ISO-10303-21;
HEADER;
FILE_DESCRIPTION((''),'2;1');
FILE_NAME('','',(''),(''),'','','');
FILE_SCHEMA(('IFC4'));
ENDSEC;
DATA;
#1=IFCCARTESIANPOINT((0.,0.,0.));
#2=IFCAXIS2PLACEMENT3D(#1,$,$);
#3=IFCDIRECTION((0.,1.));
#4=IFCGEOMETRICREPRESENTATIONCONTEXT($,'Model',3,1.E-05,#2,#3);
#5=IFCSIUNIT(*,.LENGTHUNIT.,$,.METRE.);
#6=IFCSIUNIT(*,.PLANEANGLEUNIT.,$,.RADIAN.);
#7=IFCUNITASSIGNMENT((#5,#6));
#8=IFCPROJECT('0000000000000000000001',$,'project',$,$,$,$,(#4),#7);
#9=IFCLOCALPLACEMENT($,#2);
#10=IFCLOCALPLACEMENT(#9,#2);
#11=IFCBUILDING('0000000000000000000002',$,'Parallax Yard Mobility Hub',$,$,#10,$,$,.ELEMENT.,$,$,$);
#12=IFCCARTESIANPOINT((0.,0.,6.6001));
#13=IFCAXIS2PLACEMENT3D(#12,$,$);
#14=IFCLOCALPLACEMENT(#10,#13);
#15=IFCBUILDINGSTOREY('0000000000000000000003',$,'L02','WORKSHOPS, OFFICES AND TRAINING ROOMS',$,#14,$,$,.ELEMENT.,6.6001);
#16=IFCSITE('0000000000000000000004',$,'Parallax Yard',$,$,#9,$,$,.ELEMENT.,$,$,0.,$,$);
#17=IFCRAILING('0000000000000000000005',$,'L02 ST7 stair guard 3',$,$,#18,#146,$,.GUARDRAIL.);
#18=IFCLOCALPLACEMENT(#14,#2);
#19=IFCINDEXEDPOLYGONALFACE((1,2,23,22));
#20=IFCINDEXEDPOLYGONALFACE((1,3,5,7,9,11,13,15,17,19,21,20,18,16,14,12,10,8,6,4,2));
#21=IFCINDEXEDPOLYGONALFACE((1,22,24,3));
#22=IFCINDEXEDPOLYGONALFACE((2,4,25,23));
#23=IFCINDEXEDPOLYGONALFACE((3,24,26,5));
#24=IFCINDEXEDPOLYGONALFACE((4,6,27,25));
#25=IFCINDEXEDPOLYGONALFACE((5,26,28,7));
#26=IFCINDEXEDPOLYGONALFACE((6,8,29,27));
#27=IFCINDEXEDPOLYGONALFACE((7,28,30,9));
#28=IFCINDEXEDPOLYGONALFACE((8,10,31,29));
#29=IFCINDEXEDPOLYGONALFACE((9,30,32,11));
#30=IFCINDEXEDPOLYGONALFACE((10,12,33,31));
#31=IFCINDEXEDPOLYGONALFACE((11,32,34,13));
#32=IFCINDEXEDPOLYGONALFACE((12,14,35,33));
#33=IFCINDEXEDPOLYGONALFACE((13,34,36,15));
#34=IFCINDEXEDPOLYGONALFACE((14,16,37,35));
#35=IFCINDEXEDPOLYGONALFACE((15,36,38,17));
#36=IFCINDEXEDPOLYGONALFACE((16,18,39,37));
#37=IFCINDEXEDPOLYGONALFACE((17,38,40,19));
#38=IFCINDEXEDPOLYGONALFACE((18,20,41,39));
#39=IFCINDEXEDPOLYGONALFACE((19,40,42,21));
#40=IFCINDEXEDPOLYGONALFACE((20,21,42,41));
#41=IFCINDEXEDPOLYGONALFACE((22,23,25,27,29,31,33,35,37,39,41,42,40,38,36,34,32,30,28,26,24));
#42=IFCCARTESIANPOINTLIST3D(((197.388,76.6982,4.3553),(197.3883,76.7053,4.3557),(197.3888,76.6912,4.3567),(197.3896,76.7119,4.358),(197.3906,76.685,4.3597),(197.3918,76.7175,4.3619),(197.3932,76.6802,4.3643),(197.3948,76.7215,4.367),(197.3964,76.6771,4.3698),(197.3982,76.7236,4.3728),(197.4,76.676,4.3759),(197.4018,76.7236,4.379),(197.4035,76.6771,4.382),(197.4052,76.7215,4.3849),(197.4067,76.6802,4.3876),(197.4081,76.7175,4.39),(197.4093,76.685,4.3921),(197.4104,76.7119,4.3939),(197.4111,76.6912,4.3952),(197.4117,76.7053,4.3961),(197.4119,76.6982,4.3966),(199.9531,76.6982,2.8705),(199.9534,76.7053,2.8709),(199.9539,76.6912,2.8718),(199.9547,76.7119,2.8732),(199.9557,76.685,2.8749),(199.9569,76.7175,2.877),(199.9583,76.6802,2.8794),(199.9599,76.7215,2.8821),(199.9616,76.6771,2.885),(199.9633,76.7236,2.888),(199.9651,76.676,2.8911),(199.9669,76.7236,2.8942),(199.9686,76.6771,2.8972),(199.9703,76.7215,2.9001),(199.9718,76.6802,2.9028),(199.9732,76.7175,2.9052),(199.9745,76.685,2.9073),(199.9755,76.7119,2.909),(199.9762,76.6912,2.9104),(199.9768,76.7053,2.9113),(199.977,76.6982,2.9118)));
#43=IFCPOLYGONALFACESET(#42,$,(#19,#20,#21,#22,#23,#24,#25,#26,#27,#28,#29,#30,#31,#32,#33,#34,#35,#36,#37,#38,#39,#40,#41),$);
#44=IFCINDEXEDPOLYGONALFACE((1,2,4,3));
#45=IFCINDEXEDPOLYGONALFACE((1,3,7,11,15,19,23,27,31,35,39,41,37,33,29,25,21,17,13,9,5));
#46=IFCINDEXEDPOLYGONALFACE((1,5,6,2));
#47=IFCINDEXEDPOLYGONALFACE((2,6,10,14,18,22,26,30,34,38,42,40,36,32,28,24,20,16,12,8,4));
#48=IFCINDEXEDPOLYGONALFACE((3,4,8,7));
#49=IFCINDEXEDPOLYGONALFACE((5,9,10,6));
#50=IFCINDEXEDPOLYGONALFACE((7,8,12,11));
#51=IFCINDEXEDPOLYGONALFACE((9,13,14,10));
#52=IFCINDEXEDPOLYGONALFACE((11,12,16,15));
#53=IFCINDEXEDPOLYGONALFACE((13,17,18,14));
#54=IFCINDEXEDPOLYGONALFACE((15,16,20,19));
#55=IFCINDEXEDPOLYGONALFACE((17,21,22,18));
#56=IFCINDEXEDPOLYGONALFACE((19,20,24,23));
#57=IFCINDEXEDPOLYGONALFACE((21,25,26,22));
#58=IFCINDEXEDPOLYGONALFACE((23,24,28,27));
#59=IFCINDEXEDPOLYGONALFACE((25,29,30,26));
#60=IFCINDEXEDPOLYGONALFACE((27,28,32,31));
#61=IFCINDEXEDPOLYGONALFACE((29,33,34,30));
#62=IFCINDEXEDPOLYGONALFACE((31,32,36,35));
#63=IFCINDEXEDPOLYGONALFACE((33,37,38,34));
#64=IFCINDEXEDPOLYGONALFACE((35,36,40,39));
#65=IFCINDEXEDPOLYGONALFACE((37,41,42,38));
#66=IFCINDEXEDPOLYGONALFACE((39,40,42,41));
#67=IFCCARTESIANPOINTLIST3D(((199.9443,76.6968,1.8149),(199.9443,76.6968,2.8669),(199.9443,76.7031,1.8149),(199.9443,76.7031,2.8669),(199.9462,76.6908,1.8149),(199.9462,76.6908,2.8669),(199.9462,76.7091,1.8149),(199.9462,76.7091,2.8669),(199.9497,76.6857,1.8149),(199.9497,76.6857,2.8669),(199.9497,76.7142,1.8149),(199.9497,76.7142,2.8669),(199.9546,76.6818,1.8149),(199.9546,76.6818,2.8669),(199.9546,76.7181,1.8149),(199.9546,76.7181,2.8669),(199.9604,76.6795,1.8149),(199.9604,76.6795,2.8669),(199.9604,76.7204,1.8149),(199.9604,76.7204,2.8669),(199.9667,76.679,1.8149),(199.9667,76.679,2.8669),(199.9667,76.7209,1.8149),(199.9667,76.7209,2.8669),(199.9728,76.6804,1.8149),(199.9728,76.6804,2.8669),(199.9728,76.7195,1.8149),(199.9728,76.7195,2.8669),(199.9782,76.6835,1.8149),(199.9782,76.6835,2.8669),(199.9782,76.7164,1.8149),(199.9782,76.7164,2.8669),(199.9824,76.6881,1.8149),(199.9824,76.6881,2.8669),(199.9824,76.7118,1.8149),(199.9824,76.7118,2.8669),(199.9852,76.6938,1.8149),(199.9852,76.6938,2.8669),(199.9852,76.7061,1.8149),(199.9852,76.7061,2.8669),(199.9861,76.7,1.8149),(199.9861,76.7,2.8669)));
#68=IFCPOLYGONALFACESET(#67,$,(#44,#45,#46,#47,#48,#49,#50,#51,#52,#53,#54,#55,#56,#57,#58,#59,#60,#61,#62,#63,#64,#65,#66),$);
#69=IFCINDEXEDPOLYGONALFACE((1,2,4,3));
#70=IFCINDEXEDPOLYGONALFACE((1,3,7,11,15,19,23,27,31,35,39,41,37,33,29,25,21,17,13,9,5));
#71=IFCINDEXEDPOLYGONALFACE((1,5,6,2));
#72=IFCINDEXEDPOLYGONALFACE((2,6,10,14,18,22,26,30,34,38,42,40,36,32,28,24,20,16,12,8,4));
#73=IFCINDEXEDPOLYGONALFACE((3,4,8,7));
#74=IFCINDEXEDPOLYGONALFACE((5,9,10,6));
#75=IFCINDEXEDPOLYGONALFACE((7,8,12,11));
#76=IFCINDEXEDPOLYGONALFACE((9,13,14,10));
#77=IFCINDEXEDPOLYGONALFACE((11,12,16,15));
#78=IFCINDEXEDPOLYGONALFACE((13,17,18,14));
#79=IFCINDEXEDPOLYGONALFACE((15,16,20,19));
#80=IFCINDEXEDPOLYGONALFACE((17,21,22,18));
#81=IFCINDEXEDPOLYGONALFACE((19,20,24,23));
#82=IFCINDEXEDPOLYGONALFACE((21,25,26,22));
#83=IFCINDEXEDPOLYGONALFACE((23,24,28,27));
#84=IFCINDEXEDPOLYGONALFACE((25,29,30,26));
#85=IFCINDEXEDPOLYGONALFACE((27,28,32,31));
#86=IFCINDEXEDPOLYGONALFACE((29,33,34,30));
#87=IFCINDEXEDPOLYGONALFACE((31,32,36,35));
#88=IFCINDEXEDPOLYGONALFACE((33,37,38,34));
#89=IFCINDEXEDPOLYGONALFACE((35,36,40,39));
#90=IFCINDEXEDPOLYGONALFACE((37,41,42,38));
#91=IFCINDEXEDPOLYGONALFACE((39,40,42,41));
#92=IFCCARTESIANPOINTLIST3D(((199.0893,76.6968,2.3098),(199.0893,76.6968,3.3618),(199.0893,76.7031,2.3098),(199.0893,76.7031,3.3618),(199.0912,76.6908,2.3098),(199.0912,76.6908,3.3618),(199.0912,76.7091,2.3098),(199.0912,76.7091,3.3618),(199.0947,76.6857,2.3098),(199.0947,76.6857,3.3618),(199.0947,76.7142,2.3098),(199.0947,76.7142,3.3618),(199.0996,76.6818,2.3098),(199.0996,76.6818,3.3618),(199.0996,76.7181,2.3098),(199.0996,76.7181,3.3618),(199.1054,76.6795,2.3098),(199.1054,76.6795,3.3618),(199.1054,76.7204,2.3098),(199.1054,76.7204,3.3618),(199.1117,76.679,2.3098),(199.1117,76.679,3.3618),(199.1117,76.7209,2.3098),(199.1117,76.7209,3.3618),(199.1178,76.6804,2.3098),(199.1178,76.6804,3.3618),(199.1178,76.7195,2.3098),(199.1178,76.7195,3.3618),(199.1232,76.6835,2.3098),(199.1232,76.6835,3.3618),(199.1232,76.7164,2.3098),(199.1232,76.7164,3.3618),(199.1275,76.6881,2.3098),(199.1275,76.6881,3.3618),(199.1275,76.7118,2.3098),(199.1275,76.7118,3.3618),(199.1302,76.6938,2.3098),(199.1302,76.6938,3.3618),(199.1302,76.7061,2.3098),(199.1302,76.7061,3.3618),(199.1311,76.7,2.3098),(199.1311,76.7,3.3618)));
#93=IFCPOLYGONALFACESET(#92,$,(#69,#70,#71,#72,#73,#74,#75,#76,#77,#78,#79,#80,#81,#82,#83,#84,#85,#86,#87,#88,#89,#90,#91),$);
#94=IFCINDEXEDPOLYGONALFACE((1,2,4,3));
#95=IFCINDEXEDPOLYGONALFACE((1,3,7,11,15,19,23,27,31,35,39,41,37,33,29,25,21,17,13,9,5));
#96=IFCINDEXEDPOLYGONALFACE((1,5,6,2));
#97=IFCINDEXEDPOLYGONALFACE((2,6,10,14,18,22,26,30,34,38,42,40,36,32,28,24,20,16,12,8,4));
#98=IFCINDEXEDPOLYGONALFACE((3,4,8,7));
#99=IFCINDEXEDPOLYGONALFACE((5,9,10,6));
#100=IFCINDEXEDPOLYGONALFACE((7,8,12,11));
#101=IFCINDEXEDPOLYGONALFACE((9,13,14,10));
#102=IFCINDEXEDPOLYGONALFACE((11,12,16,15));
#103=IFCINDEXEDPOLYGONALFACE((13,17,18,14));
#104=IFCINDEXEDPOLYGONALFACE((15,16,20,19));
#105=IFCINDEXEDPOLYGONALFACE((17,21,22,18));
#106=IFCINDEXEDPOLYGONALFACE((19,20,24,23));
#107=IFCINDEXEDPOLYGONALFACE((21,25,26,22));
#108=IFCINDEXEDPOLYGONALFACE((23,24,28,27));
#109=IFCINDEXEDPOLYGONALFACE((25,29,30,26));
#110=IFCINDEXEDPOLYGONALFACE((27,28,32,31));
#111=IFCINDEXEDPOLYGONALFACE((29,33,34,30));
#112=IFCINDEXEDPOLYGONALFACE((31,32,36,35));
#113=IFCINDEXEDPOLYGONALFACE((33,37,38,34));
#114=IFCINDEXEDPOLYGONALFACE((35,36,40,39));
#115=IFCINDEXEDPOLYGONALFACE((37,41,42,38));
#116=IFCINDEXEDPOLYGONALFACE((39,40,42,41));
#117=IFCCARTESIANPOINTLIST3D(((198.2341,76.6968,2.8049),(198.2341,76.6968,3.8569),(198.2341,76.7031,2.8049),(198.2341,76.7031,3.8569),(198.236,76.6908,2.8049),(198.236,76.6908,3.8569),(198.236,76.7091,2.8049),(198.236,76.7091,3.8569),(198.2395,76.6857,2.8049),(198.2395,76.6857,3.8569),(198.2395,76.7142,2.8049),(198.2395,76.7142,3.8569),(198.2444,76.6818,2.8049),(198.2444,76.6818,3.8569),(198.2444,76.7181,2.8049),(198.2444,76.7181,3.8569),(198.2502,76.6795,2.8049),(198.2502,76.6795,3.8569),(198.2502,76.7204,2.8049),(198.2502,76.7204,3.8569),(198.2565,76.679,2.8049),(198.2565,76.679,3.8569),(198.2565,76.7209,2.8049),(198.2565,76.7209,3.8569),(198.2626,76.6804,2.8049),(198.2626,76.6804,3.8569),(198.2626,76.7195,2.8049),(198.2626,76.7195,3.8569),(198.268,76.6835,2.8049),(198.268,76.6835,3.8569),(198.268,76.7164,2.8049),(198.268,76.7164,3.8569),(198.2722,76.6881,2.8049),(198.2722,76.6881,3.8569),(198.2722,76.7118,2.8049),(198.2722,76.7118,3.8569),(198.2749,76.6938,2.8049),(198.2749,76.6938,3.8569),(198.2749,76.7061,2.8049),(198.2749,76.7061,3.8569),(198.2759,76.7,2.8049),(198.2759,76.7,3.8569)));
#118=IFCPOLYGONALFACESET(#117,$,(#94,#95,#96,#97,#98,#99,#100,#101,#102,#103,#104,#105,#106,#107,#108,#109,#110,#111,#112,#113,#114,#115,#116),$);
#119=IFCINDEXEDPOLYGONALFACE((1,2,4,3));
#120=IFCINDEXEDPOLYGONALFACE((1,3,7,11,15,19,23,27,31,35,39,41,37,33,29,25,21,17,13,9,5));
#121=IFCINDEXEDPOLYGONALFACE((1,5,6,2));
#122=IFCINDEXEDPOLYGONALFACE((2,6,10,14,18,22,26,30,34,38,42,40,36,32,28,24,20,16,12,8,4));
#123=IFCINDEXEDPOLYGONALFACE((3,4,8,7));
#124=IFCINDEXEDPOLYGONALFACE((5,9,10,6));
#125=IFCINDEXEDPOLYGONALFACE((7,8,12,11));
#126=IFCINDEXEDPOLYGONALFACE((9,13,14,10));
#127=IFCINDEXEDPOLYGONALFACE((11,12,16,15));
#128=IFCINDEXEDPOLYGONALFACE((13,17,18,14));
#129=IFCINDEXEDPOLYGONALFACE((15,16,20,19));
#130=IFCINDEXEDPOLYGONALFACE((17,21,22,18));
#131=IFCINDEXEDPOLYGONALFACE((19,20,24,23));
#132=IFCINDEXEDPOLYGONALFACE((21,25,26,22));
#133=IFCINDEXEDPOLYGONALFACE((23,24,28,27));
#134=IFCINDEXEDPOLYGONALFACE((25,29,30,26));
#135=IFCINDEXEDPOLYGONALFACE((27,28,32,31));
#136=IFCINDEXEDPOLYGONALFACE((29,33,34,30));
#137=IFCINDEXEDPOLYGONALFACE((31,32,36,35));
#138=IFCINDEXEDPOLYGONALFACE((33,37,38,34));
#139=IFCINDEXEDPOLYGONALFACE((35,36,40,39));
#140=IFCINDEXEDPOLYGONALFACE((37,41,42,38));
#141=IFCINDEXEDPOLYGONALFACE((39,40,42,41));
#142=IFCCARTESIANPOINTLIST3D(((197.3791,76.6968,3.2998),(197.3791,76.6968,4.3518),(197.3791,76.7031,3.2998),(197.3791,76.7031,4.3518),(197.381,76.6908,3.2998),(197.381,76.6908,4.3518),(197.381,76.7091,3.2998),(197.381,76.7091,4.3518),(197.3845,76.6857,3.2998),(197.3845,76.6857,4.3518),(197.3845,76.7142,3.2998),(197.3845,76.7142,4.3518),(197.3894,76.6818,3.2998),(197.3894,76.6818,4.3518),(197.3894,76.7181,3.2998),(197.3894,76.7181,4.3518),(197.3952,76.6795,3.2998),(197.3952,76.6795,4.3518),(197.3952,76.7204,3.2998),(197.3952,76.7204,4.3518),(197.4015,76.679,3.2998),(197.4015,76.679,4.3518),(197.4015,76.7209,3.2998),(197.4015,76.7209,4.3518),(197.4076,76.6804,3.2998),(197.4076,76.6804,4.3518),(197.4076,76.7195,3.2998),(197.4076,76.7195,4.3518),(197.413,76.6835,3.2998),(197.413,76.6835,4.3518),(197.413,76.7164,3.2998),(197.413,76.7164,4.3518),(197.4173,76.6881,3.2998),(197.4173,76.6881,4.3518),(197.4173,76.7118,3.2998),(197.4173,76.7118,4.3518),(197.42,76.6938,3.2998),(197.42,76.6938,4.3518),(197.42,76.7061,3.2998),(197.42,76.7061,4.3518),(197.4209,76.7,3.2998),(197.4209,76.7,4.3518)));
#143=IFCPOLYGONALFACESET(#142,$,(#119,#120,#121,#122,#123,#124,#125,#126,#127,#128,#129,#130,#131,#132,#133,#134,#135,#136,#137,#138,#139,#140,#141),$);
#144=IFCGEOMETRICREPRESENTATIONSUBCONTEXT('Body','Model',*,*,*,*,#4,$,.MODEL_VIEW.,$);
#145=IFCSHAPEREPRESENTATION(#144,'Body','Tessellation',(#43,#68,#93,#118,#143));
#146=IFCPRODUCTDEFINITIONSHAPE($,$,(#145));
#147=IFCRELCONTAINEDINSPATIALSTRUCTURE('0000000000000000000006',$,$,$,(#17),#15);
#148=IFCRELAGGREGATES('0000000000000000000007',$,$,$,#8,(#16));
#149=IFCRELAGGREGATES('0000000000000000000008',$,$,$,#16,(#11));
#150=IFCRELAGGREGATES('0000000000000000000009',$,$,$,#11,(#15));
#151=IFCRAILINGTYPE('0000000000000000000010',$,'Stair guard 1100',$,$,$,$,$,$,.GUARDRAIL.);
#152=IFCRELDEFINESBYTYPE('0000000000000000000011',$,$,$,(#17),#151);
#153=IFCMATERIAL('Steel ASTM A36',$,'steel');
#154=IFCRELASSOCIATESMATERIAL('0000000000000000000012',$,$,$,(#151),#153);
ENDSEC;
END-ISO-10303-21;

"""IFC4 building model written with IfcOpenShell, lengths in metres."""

from ifc_helpers import new_model, si_unit, direction, frame, origin, origin_2d, place, context, subcontext, project, spatial, circle, extrude, material, type_object, element, save


model = new_model("IFC4")

# Units and contexts
model_context = context("Model", 3, precision=1e-05, world=origin(), true_north=direction((0.0, 1.0)))
body_context = subcontext(model_context, "Body", "Model", "MODEL_VIEW")
ifc_project = project(units=[si_unit("LENGTHUNIT", "METRE"), si_unit("PLANEANGLEUNIT", "RADIAN")], contexts=[model_context])

# Site, building, storey
site_placement = place(None, origin())
site = spatial("IfcSite", under=ifc_project, at=site_placement, Name="Parallax Yard", CompositionType="ELEMENT", RefElevation=0.0)
building_placement = place(site_placement, origin())
building = spatial("IfcBuilding", under=site, at=building_placement, Name="Parallax Yard Mobility Hub", CompositionType="ELEMENT")
storey_placement = place(building_placement, frame((0.0, 0.0, 6.6001)))
storey = spatial("IfcBuildingStorey", under=building, at=storey_placement, Name="L02", Description="WORKSHOPS, OFFICES AND TRAINING ROOMS", CompositionType="ELEMENT", Elevation=6.6001)

# Railing
ifc_material_1 = material(Name="Steel ASTM A36", Category="steel")
railing_type_1 = type_object("IfcRailingType", Name="Stair guard 1100", PredefinedType="GUARDRAIL", material=ifc_material_1)
railing_1_placement = place(storey_placement, frame((199.9651, 76.7, 1.8149)))
element("IfcRailing", 1, at=railing_1_placement, inside=storey, type_object=railing_type_1, Name="L02 ST7 stair guard 3", PredefinedType="GUARDRAIL", context=body_context, shape_type="SweptSolid", body=[
    extrude(circle(Radius=0.0239, at=origin_2d()), frame((0.0, 0.0, 1.0762), z_axis=(-0.865462, 0.0, 0.500975), x_axis=(0.0, -1.0, 0.0)), (0.0, 0.0, 1.0), 2.9639),
    extrude(circle(Radius=0.021, at=origin_2d()), origin(), (0.0, 0.0, 1.0), 1.052),
    extrude(circle(Radius=0.021, at=origin_2d()), frame((-0.855, 0.0, 0.4949)), (0.0, 0.0, 1.0), 1.052),
    extrude(circle(Radius=0.021, at=origin_2d()), frame((-1.7102, 0.0, 0.99)), (0.0, 0.0, 1.0), 1.052),
    extrude(circle(Radius=0.021, at=origin_2d()), frame((-2.5652, 0.0, 1.4849)), (0.0, 0.0, 1.0), 1.052),
])

save(model, "model.ifc")
